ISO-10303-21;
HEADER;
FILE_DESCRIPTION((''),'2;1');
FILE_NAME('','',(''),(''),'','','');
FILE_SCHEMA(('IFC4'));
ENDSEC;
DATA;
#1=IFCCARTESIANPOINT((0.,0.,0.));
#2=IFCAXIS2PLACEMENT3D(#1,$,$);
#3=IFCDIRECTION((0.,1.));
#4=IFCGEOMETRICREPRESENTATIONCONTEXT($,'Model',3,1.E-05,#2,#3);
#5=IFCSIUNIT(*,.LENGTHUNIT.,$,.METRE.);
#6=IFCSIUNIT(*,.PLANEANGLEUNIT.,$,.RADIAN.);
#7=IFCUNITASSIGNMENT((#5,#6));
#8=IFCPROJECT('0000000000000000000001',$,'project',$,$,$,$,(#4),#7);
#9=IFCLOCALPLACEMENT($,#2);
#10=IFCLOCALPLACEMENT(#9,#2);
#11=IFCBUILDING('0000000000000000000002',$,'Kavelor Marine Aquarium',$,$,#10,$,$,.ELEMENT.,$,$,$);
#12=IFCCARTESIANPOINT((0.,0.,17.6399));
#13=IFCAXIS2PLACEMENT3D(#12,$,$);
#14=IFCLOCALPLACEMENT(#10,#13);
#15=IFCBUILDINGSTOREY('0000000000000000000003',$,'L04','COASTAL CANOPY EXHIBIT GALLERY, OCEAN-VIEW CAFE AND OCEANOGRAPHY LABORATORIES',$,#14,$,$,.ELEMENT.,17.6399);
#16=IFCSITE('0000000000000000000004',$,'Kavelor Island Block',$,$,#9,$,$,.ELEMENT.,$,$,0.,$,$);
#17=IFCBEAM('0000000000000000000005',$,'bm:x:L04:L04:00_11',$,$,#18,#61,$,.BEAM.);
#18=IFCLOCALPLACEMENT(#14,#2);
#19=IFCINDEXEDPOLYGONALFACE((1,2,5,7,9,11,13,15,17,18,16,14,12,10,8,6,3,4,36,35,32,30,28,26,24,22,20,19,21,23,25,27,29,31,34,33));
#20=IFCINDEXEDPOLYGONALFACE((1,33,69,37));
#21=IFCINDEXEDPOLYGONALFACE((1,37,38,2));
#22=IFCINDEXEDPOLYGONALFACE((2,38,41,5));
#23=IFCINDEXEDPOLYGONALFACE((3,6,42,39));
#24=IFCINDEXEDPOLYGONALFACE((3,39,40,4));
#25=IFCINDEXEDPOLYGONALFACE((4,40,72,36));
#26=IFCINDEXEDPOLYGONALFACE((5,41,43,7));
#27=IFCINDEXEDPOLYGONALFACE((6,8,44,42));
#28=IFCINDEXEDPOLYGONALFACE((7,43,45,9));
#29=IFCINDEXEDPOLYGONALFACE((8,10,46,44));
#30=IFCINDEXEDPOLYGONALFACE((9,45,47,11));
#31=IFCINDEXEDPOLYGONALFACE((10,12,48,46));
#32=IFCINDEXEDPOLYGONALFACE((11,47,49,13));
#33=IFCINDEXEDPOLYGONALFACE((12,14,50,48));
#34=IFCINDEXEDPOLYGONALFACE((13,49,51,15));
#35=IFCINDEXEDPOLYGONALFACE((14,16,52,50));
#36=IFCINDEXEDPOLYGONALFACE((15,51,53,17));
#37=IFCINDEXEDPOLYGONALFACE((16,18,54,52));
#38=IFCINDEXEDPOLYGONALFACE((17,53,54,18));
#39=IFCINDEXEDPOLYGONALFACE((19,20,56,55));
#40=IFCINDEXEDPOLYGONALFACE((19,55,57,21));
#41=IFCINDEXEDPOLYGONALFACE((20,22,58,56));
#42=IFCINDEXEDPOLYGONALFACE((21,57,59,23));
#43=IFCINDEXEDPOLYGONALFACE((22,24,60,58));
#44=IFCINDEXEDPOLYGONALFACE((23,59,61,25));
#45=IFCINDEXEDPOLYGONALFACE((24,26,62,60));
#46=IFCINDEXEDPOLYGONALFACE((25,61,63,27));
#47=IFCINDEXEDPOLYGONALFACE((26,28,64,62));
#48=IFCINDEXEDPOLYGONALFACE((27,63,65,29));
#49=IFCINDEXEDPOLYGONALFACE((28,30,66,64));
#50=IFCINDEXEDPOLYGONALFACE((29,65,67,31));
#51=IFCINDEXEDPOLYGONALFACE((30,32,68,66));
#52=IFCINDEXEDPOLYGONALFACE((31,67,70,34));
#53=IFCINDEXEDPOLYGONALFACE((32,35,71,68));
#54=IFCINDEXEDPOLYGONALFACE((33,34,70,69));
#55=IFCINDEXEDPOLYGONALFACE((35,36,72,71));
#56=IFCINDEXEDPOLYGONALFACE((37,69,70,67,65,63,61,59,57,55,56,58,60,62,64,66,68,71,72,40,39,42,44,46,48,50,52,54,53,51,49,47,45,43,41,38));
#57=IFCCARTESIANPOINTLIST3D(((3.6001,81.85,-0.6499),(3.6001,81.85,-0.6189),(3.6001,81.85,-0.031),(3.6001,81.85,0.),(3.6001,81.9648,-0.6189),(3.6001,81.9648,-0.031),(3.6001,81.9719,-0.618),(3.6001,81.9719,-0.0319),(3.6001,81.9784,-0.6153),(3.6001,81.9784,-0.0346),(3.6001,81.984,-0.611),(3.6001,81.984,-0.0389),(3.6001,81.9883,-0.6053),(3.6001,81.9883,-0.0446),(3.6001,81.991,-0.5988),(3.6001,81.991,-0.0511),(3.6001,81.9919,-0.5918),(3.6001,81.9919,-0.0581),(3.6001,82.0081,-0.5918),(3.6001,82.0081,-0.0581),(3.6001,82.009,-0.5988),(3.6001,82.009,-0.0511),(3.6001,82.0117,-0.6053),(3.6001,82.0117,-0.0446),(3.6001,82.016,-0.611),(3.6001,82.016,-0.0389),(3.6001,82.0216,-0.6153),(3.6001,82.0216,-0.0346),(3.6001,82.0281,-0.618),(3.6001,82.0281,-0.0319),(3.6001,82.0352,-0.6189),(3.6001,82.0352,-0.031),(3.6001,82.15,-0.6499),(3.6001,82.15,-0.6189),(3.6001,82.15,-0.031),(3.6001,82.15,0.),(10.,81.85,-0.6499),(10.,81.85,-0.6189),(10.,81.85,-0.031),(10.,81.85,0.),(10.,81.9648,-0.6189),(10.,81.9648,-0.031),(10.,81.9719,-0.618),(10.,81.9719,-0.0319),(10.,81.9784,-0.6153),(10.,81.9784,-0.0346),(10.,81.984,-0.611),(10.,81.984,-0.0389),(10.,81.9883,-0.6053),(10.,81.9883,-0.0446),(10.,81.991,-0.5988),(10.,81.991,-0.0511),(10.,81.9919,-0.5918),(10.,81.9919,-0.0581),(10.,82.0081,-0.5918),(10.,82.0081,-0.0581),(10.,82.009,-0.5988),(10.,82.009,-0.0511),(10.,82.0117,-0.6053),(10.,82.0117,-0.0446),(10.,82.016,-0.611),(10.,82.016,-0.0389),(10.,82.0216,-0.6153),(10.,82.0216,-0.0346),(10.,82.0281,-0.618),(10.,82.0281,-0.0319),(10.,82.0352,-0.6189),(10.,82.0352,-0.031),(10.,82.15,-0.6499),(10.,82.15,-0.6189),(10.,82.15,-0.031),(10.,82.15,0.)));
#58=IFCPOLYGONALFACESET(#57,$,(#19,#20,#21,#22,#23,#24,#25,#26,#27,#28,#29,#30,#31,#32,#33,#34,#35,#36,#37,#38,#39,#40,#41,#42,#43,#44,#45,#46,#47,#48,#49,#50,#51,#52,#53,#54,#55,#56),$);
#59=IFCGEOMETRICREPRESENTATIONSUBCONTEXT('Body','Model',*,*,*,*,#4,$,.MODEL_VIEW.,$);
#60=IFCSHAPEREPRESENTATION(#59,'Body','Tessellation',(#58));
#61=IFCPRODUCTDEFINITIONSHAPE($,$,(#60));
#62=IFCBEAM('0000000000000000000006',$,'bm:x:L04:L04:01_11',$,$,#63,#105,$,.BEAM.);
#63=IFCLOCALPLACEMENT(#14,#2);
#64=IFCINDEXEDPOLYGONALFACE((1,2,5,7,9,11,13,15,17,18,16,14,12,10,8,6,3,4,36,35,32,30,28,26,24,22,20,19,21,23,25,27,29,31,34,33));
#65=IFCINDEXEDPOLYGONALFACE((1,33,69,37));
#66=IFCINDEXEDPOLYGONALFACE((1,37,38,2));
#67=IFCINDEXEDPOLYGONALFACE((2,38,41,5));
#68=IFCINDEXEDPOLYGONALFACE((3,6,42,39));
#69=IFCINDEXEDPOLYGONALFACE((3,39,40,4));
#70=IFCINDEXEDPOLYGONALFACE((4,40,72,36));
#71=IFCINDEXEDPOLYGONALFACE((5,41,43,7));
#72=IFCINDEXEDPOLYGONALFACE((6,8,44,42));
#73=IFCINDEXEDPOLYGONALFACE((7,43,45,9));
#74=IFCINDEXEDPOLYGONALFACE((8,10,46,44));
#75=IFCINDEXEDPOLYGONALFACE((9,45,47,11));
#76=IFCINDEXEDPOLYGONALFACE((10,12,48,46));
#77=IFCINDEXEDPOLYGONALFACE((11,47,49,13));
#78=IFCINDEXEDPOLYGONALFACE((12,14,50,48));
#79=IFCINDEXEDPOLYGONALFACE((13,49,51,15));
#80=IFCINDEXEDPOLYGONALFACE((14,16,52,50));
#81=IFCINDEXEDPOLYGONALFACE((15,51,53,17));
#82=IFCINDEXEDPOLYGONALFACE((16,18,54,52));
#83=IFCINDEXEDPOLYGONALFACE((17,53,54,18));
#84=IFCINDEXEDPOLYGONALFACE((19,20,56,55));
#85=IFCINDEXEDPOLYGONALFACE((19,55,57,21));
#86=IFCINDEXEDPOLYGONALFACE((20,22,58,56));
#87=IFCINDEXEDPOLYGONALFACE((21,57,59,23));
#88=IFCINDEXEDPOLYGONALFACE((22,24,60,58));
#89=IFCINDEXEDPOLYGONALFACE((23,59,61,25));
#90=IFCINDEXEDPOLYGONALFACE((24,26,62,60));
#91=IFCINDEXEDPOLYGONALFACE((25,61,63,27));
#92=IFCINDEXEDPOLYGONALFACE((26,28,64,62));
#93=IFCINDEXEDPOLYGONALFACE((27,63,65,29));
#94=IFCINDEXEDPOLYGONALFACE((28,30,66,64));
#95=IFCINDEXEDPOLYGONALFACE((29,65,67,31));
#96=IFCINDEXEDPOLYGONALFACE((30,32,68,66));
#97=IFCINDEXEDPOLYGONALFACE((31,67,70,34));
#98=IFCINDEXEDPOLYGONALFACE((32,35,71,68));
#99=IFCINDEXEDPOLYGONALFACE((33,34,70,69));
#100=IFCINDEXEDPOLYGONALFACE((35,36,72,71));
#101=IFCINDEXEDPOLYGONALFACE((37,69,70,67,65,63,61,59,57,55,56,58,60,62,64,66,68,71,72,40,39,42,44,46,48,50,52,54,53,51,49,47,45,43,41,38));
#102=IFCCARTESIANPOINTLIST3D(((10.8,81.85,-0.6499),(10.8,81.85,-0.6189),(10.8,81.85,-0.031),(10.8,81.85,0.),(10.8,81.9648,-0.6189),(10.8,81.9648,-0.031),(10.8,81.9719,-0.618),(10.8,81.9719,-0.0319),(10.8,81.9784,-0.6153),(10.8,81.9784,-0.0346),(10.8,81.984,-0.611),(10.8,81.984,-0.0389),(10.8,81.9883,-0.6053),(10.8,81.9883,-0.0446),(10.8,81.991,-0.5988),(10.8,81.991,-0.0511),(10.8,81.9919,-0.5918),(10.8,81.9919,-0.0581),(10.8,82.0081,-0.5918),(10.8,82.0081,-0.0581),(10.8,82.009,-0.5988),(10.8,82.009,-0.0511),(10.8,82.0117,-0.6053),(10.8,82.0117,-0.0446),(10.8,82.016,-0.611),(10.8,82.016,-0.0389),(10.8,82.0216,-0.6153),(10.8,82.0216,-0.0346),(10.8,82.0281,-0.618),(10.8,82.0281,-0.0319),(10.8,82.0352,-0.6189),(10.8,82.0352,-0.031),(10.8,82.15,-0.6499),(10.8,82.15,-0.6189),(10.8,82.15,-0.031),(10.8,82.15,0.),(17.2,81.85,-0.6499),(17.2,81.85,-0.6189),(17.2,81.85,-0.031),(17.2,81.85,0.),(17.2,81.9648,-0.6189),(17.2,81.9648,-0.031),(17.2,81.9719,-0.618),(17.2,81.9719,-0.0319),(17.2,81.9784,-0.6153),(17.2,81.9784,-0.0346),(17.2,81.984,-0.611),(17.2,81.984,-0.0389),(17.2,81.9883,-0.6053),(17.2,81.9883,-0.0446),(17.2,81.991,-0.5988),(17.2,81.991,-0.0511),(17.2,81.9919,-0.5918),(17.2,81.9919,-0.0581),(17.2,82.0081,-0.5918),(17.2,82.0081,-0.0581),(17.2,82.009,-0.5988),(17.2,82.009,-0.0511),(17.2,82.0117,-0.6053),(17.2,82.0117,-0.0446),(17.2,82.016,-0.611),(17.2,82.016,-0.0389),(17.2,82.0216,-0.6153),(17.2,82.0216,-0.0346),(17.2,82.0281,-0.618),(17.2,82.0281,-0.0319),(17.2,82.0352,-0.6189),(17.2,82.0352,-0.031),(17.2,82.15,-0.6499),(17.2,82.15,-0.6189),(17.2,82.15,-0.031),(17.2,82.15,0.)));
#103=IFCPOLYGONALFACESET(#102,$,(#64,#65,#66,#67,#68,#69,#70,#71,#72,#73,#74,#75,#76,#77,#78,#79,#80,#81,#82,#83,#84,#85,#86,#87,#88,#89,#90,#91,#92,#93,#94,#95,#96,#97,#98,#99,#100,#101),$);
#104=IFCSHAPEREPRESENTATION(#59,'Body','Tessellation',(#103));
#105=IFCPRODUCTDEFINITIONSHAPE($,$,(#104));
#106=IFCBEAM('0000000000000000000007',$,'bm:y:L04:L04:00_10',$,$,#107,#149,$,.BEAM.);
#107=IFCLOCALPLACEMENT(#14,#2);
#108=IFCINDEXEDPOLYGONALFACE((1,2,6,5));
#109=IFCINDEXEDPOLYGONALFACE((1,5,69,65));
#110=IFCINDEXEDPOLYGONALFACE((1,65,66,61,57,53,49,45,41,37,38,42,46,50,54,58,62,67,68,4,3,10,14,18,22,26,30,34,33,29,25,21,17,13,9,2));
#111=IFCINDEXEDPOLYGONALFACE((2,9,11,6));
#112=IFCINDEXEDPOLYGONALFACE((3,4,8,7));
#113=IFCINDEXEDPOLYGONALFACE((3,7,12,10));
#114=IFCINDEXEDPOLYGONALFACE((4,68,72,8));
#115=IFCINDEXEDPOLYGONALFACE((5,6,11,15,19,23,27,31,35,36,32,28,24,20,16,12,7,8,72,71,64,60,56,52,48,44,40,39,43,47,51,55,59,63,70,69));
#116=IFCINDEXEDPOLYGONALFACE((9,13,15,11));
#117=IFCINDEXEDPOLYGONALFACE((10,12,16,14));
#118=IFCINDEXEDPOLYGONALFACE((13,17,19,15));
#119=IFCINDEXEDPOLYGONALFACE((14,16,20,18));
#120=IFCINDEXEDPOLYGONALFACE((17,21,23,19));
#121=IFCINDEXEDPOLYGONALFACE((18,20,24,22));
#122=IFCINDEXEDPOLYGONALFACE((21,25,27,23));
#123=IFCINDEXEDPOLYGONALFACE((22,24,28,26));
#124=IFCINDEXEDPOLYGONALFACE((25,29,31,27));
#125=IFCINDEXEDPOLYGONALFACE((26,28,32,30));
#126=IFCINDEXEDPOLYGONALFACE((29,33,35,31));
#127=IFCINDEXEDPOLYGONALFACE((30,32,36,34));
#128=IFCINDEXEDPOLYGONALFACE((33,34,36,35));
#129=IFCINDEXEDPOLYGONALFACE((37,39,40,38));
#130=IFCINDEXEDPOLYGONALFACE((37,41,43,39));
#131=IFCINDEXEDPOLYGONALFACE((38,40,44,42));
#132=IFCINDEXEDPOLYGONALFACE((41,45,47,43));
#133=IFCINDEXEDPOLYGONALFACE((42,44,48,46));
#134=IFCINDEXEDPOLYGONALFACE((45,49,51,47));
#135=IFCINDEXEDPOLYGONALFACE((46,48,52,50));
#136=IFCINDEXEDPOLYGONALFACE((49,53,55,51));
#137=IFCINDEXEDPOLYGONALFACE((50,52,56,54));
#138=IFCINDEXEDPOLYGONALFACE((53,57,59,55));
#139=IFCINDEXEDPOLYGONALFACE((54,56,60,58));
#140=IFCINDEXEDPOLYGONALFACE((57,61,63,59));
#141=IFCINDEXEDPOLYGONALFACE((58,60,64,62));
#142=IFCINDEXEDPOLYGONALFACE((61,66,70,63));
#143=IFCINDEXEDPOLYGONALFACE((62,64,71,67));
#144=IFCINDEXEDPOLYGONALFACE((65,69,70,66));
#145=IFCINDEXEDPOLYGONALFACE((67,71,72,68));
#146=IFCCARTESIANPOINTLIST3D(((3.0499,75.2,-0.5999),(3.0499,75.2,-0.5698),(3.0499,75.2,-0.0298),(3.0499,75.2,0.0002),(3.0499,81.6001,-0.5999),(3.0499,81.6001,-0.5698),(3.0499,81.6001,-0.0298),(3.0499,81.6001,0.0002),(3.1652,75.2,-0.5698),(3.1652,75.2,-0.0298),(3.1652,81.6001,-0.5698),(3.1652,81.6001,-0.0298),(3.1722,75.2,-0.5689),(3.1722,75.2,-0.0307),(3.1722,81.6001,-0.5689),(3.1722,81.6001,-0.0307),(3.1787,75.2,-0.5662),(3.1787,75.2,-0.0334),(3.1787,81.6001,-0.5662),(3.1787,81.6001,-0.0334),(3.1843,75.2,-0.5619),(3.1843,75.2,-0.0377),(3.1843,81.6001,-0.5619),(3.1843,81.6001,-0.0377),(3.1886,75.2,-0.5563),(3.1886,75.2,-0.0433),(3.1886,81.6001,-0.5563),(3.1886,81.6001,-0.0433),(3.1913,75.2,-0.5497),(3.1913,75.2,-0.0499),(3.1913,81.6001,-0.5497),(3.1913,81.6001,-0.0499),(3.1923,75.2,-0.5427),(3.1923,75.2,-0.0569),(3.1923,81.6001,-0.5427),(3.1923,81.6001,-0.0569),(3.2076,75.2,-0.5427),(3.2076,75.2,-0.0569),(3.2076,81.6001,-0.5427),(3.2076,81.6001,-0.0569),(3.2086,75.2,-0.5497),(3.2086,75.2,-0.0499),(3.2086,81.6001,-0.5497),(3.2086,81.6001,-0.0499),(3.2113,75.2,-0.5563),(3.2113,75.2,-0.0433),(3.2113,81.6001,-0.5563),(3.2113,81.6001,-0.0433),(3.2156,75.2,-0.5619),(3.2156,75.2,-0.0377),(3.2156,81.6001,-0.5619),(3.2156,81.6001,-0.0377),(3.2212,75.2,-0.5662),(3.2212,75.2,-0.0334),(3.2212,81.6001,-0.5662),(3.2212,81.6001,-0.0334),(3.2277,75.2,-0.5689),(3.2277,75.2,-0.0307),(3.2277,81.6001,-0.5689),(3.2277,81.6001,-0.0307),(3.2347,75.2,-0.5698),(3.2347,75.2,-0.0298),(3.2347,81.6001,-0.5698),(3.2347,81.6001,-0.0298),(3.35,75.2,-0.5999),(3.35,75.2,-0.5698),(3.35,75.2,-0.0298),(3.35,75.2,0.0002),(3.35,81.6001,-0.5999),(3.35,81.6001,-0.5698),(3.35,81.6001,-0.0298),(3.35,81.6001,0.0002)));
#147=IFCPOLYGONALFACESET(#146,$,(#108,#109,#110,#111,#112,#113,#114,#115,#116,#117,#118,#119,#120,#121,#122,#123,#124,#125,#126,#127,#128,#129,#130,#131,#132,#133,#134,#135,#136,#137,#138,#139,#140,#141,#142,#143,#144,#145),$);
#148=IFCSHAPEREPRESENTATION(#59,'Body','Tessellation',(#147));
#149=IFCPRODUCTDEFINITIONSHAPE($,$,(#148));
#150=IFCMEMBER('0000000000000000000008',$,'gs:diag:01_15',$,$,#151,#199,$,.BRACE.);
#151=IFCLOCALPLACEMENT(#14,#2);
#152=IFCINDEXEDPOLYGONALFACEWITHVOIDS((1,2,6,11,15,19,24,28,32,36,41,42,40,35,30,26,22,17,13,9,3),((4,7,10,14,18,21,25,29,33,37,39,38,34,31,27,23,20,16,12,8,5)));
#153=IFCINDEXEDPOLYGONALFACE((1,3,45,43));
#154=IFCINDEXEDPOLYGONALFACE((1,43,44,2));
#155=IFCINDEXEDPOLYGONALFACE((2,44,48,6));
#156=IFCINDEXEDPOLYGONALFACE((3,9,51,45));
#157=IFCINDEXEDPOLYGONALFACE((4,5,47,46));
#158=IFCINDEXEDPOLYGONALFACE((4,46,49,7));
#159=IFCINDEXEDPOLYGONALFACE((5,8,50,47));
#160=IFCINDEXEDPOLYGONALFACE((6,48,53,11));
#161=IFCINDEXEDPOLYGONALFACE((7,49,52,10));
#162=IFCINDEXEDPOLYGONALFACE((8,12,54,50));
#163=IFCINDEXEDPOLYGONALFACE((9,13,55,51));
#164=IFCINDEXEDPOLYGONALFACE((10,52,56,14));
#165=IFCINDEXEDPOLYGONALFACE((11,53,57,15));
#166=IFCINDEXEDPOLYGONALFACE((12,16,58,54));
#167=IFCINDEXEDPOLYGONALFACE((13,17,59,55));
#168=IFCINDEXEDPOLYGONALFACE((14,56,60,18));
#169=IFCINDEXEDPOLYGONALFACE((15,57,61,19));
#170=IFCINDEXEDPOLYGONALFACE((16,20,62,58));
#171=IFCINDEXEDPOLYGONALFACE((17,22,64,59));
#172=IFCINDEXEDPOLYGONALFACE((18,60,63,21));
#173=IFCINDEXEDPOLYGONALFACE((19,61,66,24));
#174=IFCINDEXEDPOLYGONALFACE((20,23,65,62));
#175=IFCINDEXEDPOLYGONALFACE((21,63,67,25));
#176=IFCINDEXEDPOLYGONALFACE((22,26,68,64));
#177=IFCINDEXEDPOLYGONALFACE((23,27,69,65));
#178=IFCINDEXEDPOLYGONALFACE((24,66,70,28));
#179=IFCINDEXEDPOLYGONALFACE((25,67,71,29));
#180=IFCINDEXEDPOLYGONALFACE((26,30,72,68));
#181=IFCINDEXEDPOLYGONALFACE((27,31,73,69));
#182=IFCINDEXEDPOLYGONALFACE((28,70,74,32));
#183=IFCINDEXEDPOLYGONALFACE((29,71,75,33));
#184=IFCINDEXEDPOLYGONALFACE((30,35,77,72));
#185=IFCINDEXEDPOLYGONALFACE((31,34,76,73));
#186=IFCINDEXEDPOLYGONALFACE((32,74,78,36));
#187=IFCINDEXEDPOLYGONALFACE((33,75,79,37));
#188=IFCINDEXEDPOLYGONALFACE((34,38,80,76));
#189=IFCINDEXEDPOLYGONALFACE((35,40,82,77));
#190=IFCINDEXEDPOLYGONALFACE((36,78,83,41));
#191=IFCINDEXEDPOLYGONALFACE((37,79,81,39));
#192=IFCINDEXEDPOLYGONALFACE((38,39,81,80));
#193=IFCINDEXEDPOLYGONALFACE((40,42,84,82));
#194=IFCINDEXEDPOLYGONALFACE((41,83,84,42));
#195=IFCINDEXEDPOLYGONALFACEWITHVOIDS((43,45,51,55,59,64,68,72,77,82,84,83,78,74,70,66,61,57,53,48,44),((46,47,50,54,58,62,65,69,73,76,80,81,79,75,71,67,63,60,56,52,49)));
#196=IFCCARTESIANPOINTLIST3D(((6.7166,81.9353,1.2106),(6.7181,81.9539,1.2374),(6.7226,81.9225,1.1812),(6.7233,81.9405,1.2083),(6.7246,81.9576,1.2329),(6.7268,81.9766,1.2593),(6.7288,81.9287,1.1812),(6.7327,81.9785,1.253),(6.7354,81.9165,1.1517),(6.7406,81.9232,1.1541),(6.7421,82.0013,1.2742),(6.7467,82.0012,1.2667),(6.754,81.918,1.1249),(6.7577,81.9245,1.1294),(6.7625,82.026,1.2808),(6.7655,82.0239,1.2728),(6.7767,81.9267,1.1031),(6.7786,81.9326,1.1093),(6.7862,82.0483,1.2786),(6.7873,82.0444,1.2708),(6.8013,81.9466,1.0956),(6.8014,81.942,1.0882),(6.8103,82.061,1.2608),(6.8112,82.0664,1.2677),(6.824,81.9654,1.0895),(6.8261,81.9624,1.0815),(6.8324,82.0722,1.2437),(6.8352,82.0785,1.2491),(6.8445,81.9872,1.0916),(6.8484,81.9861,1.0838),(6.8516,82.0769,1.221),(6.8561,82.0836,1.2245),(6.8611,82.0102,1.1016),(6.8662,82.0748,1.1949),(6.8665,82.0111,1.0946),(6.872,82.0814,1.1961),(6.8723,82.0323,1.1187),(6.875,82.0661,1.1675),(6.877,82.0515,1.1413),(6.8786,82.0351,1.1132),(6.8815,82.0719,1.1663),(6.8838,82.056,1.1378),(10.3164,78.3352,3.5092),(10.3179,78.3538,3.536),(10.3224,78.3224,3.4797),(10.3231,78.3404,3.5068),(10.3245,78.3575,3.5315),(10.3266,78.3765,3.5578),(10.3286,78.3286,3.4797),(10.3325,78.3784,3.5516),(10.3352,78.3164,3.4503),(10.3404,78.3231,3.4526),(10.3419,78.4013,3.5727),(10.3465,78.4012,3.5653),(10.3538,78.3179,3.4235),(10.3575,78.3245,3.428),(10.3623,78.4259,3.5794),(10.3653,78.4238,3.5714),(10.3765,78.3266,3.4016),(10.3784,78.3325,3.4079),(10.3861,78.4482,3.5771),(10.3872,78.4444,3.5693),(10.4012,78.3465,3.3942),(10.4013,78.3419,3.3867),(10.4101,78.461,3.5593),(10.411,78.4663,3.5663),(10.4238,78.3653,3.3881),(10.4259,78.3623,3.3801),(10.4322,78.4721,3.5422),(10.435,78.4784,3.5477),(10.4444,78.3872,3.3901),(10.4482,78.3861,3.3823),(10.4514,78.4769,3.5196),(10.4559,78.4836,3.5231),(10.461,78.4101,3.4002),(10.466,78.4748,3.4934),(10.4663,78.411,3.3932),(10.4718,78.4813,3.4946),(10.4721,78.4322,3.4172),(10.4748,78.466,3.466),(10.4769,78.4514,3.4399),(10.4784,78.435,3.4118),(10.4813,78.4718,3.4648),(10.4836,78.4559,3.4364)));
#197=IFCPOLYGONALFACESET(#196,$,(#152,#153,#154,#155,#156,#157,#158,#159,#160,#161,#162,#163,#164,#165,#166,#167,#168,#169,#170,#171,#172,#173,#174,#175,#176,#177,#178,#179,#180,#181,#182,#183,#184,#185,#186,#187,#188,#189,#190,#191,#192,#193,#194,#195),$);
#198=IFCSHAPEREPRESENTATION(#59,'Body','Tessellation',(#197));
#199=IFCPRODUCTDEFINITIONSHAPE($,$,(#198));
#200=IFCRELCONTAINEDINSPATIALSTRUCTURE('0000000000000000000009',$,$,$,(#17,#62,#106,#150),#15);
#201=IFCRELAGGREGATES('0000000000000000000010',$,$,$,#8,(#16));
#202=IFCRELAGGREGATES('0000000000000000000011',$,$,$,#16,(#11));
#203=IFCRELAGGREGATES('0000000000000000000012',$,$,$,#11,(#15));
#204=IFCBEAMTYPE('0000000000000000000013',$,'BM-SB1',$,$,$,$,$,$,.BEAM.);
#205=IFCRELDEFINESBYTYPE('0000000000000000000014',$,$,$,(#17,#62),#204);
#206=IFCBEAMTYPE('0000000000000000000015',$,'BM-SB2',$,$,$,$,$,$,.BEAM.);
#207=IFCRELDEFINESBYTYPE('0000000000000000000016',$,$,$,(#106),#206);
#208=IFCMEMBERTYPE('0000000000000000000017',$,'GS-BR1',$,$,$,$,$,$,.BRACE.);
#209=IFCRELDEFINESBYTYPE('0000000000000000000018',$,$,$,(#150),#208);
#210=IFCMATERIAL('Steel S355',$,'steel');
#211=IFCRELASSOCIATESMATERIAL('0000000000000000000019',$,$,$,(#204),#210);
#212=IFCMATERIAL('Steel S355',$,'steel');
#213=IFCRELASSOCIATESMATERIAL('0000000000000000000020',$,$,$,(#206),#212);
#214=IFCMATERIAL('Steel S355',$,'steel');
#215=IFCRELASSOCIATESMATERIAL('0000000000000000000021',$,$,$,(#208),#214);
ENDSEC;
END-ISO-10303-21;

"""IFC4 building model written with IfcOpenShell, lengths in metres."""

from ifc_helpers import new_model, si_unit, direction, frame, origin, origin_2d, place, context, subcontext, project, spatial, hollow_circle, i_section, extrude, material, material_profile, profile_set, type_object, element, save


model = new_model("IFC4")

# Units and contexts
model_context = context("Model", 3, precision=1e-05, world=origin(), true_north=direction((0.0, 1.0)))
body_context = subcontext(model_context, "Body", "Model", "MODEL_VIEW")
ifc_project = project(units=[si_unit("LENGTHUNIT", "METRE"), si_unit("PLANEANGLEUNIT", "RADIAN")], contexts=[model_context])

# Site, building, storey
site_placement = place(None, origin())
site = spatial("IfcSite", under=ifc_project, at=site_placement, Name="Kavelor Island Block", CompositionType="ELEMENT", RefElevation=0.0)
building_placement = place(site_placement, origin())
building = spatial("IfcBuilding", under=site, at=building_placement, Name="Kavelor Marine Aquarium", CompositionType="ELEMENT")
storey_placement = place(building_placement, frame((0.0, 0.0, 17.6399)))
storey = spatial("IfcBuildingStorey", under=building, at=storey_placement, Name="L04", Description="COASTAL CANOPY EXHIBIT GALLERY, OCEAN-VIEW CAFE AND OCEANOGRAPHY LABORATORIES", CompositionType="ELEMENT", Elevation=17.6399)

# Beams
ifc_material_1 = material(Name="Steel S355", Category="steel")
ifc_material_profile_1 = material_profile(ifc_material_1, i_section(OverallWidth=0.3, OverallDepth=0.6499, WebThickness=0.0161, FlangeThickness=0.031, FilletRadius=0.0271, at=origin_2d()), Name="HEB 650")
ifc_profile_set_1 = profile_set([ifc_material_profile_1], Name="Steel S355")
beam_type_1 = type_object("IfcBeamType", Name="BM-SB1", PredefinedType="BEAM", material=ifc_profile_set_1)
for number, where, z_axis, x_axis, name in (
    (1, (3.6001, 82.0, -0.325), (1.0, 0.0, 0.0), (0.0, 1.0, 0.0), "bm:x:L04:L04:00_11"),
    (2, (10.8, 82.0, -0.325), (1.0, 0.0, 0.0), (0.0, 1.0, 0.0), "bm:x:L04:L04:01_11"),
):
    element("IfcBeam", number, at=place(storey_placement, frame(where, z_axis=z_axis, x_axis=x_axis)), inside=storey, type_object=beam_type_1, Name=name, PredefinedType="BEAM", context=body_context, shape_type="SweptSolid", body=[
        extrude(i_section(OverallWidth=0.3, OverallDepth=0.6499, WebThickness=0.0161, FlangeThickness=0.031, FilletRadius=0.0271, at=origin_2d()), origin(), (0.0, 0.0, 1.0), 6.3999),
    ])
ifc_material_2 = material(Name="Steel S355", Category="steel")
ifc_material_profile_2 = material_profile(ifc_material_2, i_section(OverallWidth=0.3, OverallDepth=0.6001, WebThickness=0.0154, FlangeThickness=0.03, FilletRadius=0.0271, at=origin_2d()), Name="HEB 600")
ifc_profile_set_2 = profile_set([ifc_material_profile_2], Name="Steel S355")
beam_type_2 = type_object("IfcBeamType", Name="BM-SB2", PredefinedType="BEAM", material=ifc_profile_set_2)
beam_placement = place(storey_placement, frame((3.2, 75.2, -0.2998), z_axis=(0.0, 1.0, 0.0), x_axis=(-1.0, 0.0, 0.0)))
element("IfcBeam", 3, at=beam_placement, inside=storey, type_object=beam_type_2, Name="bm:y:L04:L04:00_10", PredefinedType="BEAM", context=body_context, shape_type="SweptSolid", body=[
    extrude(i_section(OverallWidth=0.3, OverallDepth=0.6001, WebThickness=0.0154, FlangeThickness=0.03, FilletRadius=0.0271, at=origin_2d()), origin(), (0.0, 0.0, 1.0), 6.4001),
])

# Member
ifc_material_3 = material(Name="Steel S355", Category="steel")
ifc_material_profile_3 = material_profile(ifc_material_3, hollow_circle(Radius=0.1096, WallThickness=0.0088, at=origin_2d()), Name="CHS 219.1x8.8")
ifc_profile_set_3 = profile_set([ifc_material_profile_3], Name="Steel S355")
member_type_1 = type_object("IfcMemberType", Name="GS-BR1", PredefinedType="BRACE", material=ifc_profile_set_3)
member_1_placement = place(storey_placement, frame((10.3999, 78.3999, 3.4797), z_axis=(-0.644445, 0.644488, -0.411492), x_axis=(-0.707131, -0.707083, 0.0)))
element("IfcMember", 4, at=member_1_placement, inside=storey, type_object=member_type_1, Name="gs:diag:01_15", PredefinedType="BRACE", context=body_context, shape_type="SweptSolid", body=[
    extrude(hollow_circle(Radius=0.1096, WallThickness=0.0088, at=origin_2d()), origin(), (0.0, 0.0, 1.0), 5.5859),
])

save(model, "model.ifc")
